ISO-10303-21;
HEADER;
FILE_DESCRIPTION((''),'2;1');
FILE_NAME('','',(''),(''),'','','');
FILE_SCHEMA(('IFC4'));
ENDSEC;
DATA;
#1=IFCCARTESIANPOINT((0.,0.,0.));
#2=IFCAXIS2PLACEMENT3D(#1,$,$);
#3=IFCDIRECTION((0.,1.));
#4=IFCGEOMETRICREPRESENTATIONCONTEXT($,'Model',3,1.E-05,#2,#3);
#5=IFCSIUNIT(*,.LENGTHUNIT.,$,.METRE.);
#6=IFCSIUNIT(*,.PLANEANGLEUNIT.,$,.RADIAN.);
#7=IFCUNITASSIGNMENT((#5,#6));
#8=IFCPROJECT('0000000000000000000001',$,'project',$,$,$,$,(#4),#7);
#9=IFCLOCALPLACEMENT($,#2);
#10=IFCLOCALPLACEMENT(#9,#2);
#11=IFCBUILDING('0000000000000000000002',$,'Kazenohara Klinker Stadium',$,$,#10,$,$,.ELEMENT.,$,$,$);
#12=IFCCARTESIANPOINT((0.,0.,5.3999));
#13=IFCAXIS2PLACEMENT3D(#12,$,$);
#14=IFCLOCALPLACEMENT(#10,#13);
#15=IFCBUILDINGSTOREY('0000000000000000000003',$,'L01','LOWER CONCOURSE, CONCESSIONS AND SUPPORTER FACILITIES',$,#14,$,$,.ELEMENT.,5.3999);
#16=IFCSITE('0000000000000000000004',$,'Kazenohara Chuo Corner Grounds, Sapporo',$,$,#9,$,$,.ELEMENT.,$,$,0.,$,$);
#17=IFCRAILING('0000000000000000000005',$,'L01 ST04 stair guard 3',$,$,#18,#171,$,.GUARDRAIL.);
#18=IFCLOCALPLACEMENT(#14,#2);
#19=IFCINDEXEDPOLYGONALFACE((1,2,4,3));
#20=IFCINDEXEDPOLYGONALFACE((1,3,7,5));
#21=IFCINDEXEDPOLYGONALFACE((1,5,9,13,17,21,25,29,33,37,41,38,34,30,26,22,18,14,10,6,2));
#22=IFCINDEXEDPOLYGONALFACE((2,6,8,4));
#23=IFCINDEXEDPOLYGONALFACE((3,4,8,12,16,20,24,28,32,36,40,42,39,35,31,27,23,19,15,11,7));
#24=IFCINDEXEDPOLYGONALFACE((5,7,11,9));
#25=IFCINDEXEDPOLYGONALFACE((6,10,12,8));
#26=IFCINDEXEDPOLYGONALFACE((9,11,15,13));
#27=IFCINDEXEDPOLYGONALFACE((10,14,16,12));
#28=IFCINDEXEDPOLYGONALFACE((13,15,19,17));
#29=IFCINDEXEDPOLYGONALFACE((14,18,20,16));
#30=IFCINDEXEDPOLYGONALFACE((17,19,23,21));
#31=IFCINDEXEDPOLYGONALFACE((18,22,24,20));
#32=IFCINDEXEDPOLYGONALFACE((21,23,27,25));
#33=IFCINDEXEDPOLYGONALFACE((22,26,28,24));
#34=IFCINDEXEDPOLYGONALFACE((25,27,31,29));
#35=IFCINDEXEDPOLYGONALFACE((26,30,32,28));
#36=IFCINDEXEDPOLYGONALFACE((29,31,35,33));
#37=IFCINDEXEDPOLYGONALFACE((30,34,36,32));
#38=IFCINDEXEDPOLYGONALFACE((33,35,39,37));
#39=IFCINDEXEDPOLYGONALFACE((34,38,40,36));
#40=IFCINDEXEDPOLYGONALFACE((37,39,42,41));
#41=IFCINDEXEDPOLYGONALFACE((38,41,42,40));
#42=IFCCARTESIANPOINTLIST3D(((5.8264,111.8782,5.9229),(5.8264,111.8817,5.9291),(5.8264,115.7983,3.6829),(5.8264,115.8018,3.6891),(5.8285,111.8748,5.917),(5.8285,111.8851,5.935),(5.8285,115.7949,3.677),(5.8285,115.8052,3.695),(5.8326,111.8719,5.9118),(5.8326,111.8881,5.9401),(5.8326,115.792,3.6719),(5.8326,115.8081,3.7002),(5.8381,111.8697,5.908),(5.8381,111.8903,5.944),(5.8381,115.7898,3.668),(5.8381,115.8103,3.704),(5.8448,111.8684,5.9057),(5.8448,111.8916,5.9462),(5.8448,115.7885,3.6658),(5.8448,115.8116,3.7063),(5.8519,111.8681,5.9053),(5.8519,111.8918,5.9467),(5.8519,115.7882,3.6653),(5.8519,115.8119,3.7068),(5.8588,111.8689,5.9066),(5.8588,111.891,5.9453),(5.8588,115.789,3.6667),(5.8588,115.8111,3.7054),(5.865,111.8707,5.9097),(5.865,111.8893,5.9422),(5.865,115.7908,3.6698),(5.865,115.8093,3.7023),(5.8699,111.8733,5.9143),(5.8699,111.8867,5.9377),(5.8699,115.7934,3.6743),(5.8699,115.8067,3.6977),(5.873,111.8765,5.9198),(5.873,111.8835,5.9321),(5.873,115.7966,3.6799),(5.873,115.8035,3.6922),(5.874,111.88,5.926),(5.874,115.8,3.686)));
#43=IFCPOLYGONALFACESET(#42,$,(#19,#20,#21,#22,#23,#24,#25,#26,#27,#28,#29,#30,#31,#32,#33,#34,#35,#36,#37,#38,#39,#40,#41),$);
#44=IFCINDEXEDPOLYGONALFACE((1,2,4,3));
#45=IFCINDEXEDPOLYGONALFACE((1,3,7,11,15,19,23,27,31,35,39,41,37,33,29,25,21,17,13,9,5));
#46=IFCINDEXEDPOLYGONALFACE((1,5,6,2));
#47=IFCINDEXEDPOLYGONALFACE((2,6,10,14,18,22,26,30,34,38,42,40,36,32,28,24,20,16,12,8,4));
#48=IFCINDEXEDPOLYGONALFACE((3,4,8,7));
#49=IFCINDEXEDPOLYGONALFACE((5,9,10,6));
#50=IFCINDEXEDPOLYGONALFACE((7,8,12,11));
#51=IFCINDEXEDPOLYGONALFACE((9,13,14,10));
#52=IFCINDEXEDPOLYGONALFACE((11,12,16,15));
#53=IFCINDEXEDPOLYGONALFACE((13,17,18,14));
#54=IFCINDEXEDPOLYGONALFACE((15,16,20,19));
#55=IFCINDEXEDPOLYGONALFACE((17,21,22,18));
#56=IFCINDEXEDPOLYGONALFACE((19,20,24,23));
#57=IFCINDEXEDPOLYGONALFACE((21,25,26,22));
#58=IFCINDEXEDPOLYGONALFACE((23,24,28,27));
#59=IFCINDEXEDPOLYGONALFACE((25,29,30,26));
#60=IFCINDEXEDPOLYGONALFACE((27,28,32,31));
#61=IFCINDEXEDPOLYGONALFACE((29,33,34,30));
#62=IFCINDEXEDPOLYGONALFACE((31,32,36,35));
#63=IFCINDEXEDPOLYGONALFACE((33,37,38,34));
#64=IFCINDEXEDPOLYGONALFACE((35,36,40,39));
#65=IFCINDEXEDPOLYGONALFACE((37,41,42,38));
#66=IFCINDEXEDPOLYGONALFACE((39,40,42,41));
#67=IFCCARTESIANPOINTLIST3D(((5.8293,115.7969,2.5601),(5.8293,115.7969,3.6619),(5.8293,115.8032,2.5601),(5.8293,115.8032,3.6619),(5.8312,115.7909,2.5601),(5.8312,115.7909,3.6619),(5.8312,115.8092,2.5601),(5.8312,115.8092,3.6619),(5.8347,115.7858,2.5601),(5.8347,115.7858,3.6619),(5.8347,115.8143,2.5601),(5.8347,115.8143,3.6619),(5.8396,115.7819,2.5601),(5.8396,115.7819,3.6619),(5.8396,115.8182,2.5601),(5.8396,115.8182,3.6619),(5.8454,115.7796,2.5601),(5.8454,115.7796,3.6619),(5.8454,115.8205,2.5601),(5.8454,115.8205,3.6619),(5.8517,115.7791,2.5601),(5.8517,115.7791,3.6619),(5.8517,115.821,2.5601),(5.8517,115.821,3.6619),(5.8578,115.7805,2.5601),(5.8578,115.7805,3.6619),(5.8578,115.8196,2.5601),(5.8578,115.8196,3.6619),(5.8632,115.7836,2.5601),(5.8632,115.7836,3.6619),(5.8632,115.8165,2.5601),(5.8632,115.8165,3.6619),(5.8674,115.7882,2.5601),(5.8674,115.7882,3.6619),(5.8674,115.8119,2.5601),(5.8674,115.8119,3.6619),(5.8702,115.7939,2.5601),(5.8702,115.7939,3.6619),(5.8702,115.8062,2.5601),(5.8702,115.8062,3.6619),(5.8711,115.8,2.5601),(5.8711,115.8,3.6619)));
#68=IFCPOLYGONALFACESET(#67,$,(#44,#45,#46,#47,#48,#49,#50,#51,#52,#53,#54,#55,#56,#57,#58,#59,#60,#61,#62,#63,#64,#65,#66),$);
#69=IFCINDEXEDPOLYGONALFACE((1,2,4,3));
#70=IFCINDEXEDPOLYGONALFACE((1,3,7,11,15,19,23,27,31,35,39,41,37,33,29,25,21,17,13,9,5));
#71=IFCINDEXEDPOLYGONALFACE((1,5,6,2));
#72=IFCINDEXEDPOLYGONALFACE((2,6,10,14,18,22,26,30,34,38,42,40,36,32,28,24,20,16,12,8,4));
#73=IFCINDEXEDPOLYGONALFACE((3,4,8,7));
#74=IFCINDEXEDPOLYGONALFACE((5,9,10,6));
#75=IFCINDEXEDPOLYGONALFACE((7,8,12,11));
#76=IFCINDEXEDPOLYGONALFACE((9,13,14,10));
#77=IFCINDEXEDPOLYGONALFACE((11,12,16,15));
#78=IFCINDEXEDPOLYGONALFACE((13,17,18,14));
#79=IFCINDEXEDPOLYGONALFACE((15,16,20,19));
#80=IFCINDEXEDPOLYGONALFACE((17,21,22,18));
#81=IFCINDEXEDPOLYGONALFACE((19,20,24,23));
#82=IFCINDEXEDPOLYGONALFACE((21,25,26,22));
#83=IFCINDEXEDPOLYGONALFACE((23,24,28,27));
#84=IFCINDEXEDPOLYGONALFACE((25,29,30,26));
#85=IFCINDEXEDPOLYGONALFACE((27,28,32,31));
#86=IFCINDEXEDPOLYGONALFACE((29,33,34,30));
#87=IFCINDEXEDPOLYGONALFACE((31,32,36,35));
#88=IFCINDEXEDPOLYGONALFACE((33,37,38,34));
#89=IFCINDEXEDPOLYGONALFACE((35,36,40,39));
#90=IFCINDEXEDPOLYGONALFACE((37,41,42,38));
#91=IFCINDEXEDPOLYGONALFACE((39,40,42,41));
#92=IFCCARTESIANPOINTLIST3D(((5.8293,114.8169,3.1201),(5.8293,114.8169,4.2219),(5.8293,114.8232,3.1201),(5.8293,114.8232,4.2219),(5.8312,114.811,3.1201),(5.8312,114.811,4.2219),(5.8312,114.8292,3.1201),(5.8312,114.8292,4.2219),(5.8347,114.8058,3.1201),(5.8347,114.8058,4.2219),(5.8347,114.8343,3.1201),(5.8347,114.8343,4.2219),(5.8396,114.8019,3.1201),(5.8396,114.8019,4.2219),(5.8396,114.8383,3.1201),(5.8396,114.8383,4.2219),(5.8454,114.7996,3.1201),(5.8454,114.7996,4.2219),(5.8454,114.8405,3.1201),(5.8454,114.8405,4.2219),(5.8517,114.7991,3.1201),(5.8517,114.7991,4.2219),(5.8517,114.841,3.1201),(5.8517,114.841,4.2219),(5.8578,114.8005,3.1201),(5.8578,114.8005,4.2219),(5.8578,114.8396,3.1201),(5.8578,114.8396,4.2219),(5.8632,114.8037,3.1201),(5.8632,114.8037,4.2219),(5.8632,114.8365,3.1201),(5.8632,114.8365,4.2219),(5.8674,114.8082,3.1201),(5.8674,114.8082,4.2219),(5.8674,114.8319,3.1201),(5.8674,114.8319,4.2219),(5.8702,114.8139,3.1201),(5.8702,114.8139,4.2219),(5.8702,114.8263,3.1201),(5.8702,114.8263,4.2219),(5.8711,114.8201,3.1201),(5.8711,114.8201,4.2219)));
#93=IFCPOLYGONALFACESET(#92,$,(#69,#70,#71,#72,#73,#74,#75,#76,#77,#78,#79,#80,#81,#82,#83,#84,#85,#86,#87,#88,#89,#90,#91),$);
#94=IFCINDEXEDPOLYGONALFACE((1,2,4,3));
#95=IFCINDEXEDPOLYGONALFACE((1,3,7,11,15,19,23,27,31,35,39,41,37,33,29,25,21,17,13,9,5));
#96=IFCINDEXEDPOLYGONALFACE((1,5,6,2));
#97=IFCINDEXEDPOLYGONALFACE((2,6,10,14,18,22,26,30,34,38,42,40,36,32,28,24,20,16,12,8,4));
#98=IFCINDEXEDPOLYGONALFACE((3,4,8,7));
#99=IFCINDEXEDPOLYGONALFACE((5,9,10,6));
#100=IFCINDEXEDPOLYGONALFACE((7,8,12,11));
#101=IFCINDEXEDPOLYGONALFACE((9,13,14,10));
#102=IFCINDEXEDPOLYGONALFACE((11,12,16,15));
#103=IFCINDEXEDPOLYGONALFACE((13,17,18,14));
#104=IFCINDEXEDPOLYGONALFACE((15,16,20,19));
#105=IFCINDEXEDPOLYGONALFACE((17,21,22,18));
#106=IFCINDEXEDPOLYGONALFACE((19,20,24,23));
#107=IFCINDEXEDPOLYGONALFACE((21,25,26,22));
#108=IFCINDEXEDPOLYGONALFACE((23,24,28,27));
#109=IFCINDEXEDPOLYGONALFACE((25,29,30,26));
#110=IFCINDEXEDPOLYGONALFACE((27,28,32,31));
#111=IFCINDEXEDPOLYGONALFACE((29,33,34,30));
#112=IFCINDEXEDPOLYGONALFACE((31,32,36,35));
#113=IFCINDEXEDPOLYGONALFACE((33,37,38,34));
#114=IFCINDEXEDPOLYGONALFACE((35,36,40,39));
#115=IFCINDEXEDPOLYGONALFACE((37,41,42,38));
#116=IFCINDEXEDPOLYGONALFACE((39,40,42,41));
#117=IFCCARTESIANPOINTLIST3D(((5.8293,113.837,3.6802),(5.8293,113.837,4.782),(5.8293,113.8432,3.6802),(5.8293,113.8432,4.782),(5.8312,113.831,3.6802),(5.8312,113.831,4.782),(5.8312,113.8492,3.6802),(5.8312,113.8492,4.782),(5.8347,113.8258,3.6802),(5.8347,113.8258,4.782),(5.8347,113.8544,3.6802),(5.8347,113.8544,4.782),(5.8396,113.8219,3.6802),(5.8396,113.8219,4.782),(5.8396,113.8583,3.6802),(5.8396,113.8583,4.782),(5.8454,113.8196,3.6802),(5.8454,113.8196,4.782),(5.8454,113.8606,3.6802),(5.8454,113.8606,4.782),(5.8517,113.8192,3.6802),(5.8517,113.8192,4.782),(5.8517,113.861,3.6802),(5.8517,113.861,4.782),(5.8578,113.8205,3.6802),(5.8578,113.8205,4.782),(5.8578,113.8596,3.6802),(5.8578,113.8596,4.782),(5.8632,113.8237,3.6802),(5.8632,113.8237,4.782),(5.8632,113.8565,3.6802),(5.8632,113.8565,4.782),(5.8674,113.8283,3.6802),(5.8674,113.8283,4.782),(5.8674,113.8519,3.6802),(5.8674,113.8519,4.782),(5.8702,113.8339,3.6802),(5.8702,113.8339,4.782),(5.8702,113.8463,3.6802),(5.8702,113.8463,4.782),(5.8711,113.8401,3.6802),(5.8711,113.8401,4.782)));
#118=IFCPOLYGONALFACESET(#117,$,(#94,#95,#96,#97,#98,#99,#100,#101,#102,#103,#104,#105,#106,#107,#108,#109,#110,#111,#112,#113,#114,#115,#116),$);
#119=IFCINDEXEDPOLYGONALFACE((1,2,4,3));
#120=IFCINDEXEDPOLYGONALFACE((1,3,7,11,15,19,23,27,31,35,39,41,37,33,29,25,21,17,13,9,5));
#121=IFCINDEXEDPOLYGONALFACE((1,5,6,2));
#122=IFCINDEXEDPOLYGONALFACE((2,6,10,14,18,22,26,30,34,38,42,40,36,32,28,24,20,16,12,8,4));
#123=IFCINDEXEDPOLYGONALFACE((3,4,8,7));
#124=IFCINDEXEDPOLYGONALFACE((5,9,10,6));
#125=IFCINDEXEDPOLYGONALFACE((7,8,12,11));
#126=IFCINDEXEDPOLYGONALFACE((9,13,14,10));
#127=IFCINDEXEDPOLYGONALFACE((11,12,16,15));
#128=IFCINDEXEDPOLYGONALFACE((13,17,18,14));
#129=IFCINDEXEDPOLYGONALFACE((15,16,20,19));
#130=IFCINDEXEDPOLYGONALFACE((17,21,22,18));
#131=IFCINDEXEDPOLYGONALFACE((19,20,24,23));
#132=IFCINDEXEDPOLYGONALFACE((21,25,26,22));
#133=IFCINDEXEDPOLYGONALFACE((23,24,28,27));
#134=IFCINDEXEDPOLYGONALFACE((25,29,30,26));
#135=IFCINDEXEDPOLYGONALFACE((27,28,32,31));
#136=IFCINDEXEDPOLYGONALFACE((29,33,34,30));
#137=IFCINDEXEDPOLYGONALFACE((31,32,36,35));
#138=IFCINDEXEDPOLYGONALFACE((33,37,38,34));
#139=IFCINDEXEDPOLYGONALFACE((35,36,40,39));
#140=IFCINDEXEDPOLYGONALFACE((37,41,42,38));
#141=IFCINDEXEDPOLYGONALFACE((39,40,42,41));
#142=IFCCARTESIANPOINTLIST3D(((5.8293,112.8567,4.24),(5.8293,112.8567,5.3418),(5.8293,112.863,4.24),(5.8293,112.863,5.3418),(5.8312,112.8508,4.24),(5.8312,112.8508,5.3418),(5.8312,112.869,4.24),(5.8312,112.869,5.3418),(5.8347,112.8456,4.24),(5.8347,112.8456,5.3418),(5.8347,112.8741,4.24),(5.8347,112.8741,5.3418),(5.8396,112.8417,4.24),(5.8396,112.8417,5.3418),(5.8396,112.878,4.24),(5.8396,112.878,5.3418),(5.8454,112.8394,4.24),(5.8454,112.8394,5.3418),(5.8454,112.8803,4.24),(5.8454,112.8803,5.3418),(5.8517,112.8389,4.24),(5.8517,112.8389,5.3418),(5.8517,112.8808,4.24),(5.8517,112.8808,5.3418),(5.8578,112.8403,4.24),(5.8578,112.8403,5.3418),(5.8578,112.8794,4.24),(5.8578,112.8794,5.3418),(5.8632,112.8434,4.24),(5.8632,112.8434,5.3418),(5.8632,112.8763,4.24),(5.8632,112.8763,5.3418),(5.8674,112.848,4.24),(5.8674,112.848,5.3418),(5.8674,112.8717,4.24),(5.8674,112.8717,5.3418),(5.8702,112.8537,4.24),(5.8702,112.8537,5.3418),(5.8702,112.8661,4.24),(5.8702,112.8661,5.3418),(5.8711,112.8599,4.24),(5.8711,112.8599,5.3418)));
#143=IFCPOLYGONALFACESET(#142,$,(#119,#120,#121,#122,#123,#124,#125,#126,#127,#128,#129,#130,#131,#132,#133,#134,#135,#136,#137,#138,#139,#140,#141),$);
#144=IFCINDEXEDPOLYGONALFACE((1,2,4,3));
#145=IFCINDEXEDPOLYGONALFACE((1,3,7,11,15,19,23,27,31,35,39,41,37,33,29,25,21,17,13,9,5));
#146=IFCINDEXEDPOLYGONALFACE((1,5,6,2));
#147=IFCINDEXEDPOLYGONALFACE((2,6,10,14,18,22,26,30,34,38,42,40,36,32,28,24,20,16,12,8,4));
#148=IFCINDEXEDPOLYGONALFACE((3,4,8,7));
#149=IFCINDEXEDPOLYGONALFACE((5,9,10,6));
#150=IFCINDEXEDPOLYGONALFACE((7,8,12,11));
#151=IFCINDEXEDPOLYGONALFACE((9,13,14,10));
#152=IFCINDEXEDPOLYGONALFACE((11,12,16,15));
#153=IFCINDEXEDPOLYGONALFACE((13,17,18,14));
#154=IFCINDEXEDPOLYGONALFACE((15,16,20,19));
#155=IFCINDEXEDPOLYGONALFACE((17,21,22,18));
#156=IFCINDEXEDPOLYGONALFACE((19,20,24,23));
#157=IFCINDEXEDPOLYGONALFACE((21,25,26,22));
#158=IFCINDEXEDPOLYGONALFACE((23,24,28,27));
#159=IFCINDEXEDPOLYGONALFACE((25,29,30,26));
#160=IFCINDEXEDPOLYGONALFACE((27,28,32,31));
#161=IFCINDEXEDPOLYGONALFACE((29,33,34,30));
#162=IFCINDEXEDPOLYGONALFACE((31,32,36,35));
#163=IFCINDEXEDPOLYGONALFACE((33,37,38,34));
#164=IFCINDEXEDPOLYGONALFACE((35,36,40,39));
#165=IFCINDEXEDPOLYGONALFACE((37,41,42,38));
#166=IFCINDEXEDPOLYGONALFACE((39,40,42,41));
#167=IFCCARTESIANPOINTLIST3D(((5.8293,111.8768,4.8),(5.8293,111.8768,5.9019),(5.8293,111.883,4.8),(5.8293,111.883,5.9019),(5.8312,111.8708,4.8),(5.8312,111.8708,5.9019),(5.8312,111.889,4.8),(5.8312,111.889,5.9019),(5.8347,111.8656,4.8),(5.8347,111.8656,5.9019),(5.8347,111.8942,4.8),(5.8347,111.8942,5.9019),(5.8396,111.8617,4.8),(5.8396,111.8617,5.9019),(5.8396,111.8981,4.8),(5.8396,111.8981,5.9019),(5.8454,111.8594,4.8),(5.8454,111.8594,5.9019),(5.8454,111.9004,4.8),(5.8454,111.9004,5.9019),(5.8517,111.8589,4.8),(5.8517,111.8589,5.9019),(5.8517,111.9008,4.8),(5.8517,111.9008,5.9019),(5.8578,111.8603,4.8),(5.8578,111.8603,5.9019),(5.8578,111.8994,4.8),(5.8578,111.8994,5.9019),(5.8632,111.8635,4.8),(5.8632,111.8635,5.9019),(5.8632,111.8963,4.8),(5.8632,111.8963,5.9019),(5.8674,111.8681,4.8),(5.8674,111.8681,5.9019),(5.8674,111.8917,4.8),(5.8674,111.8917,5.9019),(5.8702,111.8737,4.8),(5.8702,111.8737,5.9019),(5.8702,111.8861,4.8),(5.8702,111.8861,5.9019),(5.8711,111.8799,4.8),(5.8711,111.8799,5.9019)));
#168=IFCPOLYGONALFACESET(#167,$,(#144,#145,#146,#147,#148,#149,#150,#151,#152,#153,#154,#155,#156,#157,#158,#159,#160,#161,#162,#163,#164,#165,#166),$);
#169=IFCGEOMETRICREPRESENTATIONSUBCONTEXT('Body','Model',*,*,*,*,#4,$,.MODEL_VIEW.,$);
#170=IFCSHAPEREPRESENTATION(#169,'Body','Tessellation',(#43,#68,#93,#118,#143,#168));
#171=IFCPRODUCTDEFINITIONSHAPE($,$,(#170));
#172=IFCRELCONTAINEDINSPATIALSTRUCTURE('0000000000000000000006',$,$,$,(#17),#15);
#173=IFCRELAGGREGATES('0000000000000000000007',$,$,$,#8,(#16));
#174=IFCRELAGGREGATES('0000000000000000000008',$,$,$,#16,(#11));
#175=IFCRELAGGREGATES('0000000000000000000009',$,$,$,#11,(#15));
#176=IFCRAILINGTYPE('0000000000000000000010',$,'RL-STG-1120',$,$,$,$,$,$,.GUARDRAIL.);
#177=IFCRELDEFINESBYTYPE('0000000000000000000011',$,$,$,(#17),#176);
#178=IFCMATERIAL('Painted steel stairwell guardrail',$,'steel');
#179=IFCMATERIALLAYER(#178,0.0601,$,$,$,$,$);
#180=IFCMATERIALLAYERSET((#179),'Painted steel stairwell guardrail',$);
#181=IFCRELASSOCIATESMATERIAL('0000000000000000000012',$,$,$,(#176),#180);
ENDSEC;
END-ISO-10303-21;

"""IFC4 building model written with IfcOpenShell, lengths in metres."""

from ifc_helpers import new_model, si_unit, direction, frame, origin, origin_2d, place, context, subcontext, project, spatial, circle, extrude, material, layer, layer_set, type_object, element, save


model = new_model("IFC4")

# Units and contexts
model_context = context("Model", 3, precision=1e-05, world=origin(), true_north=direction((0.0, 1.0)))
body_context = subcontext(model_context, "Body", "Model", "MODEL_VIEW")
ifc_project = project(units=[si_unit("LENGTHUNIT", "METRE"), si_unit("PLANEANGLEUNIT", "RADIAN")], contexts=[model_context])

# Site, building, storey
site_placement = place(None, origin())
site = spatial("IfcSite", under=ifc_project, at=site_placement, Name="Kazenohara Chuo Corner Grounds, Sapporo", CompositionType="ELEMENT", RefElevation=0.0)
building_placement = place(site_placement, origin())
building = spatial("IfcBuilding", under=site, at=building_placement, Name="Kazenohara Klinker Stadium", CompositionType="ELEMENT")
storey_placement = place(building_placement, frame((0.0, 0.0, 5.3999)))
storey = spatial("IfcBuildingStorey", under=building, at=storey_placement, Name="L01", Description="LOWER CONCOURSE, CONCESSIONS AND SUPPORTER FACILITIES", CompositionType="ELEMENT", Elevation=5.3999)

# Railing
ifc_material_1 = material(Name="Painted steel stairwell guardrail", Category="steel")
ifc_layer_1 = layer(ifc_material_1, 0.0601)
ifc_layer_set_1 = layer_set([ifc_layer_1], Name="Painted steel stairwell guardrail")
railing_type_1 = type_object("IfcRailingType", Name="RL-STG-1120", PredefinedType="GUARDRAIL", material=ifc_layer_set_1)
railing_1_placement = place(storey_placement, frame((5.8501, 115.8, 2.5601)))
element("IfcRailing", 1, at=railing_1_placement, inside=storey, type_object=railing_type_1, Name="L01 ST04 stair guard 3", PredefinedType="GUARDRAIL", context=body_context, shape_type="SweptSolid", body=[
    extrude(circle(Radius=0.0239, at=origin_2d()), frame((0.0, 0.0, 1.126), z_axis=(0.0, -0.868253, 0.496121), x_axis=(1.0, 0.0, 0.0)), (0.0, 0.0, 1.0), 4.5149),
    extrude(circle(Radius=0.021, at=origin_2d()), origin(), (0.0, 0.0, 1.0), 1.1018),
    extrude(circle(Radius=0.021, at=origin_2d()), frame((0.0, -0.98, 0.5601)), (0.0, 0.0, 1.0), 1.1018),
    extrude(circle(Radius=0.021, at=origin_2d()), frame((0.0, -1.96, 1.1201)), (0.0, 0.0, 1.0), 1.1018),
    extrude(circle(Radius=0.021, at=origin_2d()), frame((0.0, -2.9402, 1.6799)), (0.0, 0.0, 1.0), 1.1018),
    extrude(circle(Radius=0.021, at=origin_2d()), frame((0.0, -3.9202, 2.24)), (0.0, 0.0, 1.0), 1.1018),
])

save(model, "model.ifc")
